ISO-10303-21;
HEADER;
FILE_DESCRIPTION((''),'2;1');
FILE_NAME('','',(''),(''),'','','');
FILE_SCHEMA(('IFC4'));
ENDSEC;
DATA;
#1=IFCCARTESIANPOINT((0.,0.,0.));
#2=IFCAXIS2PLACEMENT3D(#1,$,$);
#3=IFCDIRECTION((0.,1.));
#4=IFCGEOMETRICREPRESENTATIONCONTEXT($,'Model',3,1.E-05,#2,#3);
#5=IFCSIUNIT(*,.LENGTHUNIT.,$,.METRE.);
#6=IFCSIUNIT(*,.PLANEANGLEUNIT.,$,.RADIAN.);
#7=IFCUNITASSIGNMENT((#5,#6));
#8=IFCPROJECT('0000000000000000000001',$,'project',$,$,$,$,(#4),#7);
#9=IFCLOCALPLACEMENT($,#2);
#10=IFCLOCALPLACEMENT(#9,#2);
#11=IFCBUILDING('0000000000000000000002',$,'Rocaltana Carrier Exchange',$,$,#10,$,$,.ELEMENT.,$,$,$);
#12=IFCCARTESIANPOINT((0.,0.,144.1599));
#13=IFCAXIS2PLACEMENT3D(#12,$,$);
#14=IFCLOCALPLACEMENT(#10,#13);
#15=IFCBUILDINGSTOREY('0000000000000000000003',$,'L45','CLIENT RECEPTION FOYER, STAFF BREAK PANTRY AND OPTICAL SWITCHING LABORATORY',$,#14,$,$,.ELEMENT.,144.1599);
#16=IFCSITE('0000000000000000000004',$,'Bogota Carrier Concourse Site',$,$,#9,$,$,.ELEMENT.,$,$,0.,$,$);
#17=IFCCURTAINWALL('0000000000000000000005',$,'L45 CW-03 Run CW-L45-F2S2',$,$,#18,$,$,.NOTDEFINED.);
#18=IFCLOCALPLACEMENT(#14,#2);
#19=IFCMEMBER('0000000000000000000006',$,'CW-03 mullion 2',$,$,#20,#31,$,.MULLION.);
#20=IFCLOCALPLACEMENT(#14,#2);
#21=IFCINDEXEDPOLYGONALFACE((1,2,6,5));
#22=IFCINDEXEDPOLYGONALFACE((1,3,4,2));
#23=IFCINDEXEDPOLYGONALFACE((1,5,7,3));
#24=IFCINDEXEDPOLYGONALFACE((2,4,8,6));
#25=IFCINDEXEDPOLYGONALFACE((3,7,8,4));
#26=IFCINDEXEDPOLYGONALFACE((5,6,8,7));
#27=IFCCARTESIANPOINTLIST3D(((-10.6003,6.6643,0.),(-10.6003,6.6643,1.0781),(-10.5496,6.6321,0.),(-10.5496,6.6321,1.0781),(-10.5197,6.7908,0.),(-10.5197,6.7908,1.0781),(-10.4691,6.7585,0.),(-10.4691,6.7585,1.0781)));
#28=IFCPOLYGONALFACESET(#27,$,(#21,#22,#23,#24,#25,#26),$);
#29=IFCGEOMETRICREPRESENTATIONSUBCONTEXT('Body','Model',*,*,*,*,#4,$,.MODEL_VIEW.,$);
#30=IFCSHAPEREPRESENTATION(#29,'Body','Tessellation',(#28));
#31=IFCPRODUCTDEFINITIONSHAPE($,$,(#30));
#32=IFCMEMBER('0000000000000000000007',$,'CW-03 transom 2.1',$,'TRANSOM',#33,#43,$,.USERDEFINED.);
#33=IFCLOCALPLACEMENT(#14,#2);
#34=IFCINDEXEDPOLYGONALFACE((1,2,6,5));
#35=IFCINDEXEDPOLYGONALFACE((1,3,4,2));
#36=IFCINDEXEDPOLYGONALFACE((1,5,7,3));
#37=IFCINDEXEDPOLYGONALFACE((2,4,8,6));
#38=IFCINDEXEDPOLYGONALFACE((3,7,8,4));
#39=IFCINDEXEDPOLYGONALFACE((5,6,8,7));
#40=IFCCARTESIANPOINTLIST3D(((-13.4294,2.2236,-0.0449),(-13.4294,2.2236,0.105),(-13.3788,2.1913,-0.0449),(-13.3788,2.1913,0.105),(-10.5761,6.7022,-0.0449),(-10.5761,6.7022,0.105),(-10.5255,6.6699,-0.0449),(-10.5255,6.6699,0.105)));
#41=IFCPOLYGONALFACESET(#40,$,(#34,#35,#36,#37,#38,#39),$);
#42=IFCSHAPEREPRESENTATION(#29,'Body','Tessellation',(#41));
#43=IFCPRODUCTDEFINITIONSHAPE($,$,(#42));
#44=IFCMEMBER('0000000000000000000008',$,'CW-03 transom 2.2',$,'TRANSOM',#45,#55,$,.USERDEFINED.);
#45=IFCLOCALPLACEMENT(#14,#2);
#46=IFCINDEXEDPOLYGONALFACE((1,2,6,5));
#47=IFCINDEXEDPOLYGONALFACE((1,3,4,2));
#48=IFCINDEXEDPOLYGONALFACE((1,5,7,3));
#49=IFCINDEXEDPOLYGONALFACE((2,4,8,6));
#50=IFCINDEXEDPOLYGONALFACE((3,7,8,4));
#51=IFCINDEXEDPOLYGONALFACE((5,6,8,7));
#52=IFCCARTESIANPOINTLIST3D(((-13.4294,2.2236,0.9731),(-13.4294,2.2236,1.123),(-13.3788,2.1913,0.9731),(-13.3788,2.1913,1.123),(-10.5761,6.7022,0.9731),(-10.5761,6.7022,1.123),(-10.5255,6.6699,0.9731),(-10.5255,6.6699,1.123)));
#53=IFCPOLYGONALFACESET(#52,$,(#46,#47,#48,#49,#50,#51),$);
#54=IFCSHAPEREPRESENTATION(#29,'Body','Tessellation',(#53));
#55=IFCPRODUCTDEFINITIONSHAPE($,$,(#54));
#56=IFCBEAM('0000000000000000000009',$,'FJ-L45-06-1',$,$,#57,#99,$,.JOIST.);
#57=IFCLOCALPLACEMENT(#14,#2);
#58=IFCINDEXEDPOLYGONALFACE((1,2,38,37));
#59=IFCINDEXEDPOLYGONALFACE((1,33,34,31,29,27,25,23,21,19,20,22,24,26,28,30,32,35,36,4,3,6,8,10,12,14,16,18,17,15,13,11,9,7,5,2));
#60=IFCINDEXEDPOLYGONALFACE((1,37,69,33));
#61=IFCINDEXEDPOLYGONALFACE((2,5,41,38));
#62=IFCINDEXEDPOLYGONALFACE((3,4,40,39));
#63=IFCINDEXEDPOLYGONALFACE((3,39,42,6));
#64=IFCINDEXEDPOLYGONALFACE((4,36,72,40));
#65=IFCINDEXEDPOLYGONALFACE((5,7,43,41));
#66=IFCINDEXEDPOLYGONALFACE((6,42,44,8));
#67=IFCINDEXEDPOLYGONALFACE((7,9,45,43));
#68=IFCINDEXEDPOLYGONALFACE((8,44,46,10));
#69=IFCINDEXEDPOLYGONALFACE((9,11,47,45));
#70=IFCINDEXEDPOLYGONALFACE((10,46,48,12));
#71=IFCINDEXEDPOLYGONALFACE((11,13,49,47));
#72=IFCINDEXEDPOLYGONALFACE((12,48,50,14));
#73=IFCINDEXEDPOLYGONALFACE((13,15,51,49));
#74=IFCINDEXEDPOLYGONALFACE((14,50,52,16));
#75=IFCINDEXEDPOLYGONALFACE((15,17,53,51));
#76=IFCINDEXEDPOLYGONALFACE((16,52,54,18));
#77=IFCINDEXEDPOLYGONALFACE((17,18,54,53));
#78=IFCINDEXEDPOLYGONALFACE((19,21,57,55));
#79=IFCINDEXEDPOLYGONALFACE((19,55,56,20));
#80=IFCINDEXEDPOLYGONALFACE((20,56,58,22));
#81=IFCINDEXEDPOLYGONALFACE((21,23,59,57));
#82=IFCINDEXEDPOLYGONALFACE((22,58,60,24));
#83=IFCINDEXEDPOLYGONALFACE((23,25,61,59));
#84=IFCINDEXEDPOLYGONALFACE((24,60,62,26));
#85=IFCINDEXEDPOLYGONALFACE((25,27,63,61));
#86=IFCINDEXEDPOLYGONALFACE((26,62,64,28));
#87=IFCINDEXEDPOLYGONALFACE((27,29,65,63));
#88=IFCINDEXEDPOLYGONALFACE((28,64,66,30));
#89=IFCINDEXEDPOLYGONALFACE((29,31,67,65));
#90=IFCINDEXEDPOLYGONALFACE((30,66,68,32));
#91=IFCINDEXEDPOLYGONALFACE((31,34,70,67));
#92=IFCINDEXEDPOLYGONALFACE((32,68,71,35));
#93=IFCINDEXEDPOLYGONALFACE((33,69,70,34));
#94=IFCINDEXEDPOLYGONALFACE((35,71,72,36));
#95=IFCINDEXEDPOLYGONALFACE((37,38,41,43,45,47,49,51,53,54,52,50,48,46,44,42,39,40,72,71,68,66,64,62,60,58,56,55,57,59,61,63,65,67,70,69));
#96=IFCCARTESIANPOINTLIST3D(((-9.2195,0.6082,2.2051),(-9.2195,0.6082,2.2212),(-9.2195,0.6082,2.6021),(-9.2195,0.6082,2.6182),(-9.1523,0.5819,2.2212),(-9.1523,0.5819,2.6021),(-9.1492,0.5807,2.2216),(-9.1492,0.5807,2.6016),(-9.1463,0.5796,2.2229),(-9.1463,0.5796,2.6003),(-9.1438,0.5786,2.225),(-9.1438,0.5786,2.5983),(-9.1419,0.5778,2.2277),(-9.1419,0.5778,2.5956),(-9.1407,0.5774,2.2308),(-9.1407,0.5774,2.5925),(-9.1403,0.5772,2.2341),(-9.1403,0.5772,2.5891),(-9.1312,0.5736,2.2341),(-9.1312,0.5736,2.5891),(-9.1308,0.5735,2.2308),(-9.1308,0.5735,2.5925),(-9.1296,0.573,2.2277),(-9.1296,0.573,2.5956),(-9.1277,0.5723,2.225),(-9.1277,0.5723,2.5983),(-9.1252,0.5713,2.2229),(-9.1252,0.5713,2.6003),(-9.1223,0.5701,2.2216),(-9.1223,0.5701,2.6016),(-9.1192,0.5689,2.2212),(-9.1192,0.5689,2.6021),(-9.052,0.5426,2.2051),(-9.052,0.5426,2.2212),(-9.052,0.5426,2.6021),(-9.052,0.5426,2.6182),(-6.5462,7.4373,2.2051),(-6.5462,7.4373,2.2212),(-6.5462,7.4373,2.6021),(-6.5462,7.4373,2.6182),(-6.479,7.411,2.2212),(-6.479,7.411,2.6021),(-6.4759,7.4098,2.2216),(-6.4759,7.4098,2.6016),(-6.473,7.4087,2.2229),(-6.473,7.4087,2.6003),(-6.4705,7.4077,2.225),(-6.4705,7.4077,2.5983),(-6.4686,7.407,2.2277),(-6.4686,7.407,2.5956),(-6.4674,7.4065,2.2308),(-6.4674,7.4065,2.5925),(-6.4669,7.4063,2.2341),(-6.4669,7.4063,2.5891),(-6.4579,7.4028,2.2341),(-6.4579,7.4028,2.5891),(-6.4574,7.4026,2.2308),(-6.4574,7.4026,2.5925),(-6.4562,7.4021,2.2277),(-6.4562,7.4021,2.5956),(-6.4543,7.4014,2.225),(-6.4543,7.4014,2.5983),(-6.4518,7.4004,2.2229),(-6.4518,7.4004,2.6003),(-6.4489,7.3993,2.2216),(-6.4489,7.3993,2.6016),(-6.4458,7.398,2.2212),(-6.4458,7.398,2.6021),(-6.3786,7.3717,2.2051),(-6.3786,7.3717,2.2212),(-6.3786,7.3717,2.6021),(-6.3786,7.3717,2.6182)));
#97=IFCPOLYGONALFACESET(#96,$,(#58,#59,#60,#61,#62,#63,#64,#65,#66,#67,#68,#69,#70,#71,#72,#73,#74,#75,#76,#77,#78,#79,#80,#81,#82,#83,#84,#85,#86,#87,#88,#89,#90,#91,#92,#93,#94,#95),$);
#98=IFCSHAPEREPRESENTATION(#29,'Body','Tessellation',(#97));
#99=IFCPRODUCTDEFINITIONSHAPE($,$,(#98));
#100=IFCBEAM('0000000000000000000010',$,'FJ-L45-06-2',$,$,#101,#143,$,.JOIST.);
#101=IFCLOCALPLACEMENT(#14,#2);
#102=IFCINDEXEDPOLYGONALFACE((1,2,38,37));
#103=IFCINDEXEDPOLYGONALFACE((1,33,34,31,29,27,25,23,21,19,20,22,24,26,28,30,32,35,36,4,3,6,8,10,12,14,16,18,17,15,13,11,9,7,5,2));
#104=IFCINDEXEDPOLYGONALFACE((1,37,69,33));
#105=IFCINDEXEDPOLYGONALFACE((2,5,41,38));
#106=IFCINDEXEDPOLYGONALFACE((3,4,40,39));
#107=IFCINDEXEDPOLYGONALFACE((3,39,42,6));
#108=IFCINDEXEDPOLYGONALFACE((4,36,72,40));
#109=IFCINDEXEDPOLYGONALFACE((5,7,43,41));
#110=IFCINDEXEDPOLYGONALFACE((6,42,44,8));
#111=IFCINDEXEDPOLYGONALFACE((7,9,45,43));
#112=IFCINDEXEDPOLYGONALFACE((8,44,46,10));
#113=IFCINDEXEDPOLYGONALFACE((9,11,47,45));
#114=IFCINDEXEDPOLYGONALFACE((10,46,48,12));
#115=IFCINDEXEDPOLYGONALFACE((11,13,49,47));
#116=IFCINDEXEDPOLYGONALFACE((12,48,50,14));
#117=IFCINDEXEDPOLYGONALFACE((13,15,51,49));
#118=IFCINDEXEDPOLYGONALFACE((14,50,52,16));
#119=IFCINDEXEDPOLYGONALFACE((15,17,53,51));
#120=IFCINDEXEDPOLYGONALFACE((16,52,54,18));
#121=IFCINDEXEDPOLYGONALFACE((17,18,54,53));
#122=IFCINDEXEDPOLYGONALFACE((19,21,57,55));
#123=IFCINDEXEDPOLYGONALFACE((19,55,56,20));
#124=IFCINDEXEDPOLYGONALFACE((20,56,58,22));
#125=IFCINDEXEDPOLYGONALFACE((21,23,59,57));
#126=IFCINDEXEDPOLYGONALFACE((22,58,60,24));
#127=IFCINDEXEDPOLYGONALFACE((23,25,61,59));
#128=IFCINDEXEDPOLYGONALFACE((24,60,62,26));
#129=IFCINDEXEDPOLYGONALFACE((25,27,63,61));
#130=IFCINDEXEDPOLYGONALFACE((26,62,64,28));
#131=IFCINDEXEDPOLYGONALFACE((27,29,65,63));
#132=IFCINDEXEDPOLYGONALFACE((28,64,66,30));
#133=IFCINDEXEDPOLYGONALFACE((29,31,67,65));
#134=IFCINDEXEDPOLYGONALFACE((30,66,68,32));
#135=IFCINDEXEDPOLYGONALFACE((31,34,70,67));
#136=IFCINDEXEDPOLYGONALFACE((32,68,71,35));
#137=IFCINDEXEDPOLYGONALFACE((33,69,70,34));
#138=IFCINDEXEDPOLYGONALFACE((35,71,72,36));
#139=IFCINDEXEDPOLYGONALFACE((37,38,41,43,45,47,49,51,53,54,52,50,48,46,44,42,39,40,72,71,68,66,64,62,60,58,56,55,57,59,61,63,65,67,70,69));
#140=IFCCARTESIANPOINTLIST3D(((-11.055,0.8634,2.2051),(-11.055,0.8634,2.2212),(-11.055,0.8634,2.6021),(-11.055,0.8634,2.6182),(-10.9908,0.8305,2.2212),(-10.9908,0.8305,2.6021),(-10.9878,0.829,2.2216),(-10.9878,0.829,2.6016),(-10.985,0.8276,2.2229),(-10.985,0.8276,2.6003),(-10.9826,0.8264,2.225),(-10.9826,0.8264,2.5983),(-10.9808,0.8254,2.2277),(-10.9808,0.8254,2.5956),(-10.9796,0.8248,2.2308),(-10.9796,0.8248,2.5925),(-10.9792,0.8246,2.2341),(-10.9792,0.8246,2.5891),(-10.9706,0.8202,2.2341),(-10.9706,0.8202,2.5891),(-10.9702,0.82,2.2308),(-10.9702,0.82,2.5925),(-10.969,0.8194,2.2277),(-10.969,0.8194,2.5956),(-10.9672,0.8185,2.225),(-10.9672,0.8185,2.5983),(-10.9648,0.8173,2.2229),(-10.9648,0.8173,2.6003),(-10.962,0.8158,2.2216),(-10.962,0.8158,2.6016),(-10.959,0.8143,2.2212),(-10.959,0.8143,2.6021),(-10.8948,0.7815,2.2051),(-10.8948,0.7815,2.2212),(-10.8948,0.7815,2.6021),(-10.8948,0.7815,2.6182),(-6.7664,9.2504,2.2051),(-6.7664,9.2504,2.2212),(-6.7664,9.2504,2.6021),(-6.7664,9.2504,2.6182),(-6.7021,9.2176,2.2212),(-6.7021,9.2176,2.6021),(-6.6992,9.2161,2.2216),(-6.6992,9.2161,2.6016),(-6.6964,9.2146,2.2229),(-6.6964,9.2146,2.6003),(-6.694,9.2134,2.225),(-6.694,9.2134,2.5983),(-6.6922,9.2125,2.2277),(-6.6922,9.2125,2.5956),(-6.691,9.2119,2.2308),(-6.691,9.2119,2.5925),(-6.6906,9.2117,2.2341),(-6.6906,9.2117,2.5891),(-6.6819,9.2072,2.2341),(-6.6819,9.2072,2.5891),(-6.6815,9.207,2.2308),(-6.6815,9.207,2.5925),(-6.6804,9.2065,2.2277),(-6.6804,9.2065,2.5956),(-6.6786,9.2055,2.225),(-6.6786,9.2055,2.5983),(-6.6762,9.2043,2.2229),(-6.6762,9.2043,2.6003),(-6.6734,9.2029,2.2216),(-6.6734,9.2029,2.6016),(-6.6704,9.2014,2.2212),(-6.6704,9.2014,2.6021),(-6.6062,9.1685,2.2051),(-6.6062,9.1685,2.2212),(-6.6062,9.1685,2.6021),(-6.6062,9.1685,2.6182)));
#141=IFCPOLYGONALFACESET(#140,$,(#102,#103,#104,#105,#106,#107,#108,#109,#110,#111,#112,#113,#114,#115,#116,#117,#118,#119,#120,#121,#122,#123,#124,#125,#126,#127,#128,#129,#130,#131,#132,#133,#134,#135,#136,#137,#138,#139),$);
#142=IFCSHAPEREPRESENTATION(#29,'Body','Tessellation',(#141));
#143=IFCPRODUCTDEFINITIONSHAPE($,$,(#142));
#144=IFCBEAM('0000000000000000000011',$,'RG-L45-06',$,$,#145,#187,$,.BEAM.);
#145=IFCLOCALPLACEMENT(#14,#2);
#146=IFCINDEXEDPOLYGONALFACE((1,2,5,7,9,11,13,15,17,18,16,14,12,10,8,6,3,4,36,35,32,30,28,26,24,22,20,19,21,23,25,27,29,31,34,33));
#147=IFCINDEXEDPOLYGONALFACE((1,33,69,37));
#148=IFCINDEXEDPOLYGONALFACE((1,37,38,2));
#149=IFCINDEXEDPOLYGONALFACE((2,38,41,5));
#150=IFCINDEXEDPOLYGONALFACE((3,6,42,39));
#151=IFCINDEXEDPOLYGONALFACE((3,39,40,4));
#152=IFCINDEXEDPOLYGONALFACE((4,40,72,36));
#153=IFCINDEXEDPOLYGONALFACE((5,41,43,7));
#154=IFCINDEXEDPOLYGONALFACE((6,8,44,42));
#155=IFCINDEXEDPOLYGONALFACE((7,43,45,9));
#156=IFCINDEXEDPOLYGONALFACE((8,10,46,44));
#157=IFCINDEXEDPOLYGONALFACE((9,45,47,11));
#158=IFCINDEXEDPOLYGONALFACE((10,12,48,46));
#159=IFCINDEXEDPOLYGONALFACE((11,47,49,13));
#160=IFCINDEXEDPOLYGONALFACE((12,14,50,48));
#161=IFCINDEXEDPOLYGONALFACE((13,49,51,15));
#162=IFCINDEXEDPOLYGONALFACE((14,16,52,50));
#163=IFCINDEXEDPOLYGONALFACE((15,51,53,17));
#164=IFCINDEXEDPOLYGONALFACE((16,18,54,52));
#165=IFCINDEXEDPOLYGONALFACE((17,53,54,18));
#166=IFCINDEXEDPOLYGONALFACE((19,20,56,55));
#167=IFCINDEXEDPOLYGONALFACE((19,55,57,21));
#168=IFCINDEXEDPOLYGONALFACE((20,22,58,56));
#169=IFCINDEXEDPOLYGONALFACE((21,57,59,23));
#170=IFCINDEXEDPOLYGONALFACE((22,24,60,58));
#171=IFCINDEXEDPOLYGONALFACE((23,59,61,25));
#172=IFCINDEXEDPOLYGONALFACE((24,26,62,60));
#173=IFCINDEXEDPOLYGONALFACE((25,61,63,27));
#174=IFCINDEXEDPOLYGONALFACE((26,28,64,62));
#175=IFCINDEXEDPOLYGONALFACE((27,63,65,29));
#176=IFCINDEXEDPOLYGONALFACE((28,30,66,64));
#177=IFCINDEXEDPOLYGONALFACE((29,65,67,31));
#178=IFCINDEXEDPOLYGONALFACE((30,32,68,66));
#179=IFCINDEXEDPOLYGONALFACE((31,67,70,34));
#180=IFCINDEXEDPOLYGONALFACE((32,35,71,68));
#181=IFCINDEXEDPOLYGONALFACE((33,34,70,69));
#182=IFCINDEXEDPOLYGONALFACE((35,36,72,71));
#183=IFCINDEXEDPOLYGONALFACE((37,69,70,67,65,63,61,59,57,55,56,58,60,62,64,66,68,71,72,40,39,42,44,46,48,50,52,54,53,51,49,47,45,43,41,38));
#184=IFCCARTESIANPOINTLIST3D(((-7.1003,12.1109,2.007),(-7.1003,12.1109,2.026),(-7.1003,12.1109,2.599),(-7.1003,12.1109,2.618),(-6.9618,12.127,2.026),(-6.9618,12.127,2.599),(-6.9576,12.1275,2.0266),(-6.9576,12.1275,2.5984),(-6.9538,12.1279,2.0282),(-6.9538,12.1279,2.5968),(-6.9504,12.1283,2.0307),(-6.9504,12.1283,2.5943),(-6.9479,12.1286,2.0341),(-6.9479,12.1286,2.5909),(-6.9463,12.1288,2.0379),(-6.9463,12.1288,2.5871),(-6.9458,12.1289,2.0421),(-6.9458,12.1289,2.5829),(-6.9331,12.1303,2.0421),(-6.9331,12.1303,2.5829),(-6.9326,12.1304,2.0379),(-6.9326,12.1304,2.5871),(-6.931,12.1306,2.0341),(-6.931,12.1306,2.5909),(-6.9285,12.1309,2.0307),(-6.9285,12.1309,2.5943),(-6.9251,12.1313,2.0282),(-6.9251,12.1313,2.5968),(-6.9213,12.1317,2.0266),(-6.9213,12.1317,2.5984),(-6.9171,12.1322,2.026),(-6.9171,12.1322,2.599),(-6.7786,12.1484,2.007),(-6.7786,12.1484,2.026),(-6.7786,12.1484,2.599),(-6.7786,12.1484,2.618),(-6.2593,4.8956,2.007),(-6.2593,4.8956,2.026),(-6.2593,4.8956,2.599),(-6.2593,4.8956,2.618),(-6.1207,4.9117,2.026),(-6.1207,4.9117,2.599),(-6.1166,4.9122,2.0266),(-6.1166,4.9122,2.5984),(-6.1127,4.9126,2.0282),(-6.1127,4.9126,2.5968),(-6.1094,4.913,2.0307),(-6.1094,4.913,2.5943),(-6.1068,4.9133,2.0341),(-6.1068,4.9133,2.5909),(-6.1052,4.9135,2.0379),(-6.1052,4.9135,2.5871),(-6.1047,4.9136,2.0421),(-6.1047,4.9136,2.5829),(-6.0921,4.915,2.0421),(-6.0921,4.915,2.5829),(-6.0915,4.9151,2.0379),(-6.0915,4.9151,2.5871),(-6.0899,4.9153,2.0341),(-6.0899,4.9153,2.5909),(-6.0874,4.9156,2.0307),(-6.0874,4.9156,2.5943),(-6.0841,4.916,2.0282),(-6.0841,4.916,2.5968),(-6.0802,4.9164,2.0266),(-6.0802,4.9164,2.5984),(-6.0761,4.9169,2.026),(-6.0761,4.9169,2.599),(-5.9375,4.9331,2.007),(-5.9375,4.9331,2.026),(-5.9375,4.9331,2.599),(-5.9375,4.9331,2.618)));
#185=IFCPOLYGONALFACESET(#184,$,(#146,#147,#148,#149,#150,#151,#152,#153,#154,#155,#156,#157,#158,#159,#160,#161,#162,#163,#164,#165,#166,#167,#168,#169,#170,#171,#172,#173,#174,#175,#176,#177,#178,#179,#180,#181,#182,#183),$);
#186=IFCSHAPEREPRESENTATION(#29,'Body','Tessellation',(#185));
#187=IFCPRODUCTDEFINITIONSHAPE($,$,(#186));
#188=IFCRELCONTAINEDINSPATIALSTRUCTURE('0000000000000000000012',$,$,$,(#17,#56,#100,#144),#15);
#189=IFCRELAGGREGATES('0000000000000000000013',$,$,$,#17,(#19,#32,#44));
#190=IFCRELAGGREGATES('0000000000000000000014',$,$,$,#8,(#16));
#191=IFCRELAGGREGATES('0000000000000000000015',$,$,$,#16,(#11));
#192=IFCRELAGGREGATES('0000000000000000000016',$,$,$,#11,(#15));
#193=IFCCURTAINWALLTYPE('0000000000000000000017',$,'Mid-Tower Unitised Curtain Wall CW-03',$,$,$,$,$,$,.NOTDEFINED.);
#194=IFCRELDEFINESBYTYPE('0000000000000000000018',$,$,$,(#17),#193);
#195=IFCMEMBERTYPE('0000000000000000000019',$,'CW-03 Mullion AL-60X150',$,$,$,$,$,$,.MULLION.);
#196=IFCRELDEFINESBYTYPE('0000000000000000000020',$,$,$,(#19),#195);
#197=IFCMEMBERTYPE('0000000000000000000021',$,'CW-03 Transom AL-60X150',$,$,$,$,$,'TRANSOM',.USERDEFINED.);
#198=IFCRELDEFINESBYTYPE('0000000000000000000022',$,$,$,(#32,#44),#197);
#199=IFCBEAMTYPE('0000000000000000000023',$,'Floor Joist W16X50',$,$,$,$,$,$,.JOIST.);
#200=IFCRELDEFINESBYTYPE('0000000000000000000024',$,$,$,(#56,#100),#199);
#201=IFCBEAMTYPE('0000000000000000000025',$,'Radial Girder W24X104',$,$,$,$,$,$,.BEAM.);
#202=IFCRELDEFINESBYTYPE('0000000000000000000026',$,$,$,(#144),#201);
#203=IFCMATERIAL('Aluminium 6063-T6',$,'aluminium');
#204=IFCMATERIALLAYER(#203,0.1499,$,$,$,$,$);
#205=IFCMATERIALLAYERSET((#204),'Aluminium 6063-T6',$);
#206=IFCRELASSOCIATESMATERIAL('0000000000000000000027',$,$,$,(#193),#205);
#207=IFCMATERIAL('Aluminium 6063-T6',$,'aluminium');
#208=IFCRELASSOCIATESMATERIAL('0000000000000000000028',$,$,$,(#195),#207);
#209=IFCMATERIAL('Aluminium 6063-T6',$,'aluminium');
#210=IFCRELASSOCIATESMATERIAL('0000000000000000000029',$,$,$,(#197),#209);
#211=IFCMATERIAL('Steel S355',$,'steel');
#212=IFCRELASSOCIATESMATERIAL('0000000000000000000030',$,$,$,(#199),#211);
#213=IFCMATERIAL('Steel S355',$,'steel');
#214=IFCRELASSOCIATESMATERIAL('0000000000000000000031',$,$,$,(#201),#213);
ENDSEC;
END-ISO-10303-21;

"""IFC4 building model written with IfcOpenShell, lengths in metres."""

from ifc_helpers import new_model, si_unit, direction, frame, origin, origin_2d, place, context, subcontext, project, spatial, rectangle, i_section, extrude, material, layer, layer_set, material_profile, profile_set, type_object, element, aggregate, save


model = new_model("IFC4")

# Units and contexts
model_context = context("Model", 3, precision=1e-05, world=origin(), true_north=direction((0.0, 1.0)))
body_context = subcontext(model_context, "Body", "Model", "MODEL_VIEW")
ifc_project = project(units=[si_unit("LENGTHUNIT", "METRE"), si_unit("PLANEANGLEUNIT", "RADIAN")], contexts=[model_context])

# Site, building, storey
site_placement = place(None, origin())
site = spatial("IfcSite", under=ifc_project, at=site_placement, Name="Bogota Carrier Concourse Site", CompositionType="ELEMENT", RefElevation=0.0)
building_placement = place(site_placement, origin())
building = spatial("IfcBuilding", under=site, at=building_placement, Name="Rocaltana Carrier Exchange", CompositionType="ELEMENT")
storey_placement = place(building_placement, frame((0.0, 0.0, 144.1599)))
storey = spatial("IfcBuildingStorey", under=building, at=storey_placement, Name="L45", Description="CLIENT RECEPTION FOYER, STAFF BREAK PANTRY AND OPTICAL SWITCHING LABORATORY", CompositionType="ELEMENT", Elevation=144.1599)

# Curtain wall, members
ifc_material_1 = material(Name="Aluminium 6063-T6", Category="aluminium")
ifc_layer_1 = layer(ifc_material_1, 0.1499)
ifc_layer_set_1 = layer_set([ifc_layer_1], Name="Aluminium 6063-T6")
curtain_wall_type = type_object("IfcCurtainWallType", Name="Mid-Tower Unitised Curtain Wall CW-03", PredefinedType="NOTDEFINED", material=ifc_layer_set_1)
curtain_wall_placement = place(storey_placement, origin())
curtain_wall = element("IfcCurtainWall", 1, at=curtain_wall_placement, inside=storey, type_object=curtain_wall_type, Name="L45 CW-03 Run CW-L45-F2S2", PredefinedType="NOTDEFINED")
ifc_material_2 = material(Name="Aluminium 6063-T6", Category="aluminium")
ifc_material_profile_1 = material_profile(ifc_material_2, rectangle(XDim=0.0601, YDim=0.1499, at=origin_2d()), Name="AL-60X150")
ifc_profile_set_1 = profile_set([ifc_material_profile_1], Name="Aluminium 6063-T6")
member_type_1 = type_object("IfcMemberType", Name="CW-03 Mullion AL-60X150", PredefinedType="MULLION", material=ifc_profile_set_1)
member_1_placement = place(storey_placement, frame((-10.5347, 6.7114, 0.0), z_axis=(0.0, 0.0, 1.0), x_axis=(0.843391, -0.537301, 0.0)))
member_1 = element("IfcMember", 2, at=member_1_placement, type_object=member_type_1, Name="CW-03 mullion 2", PredefinedType="MULLION", context=body_context, shape_type="SweptSolid", body=[
    extrude(rectangle(XDim=0.0601, YDim=0.1499, at=origin_2d()), origin(), (0.0, 0.0, 1.0), 1.0781),
])
ifc_material_3 = material(Name="Aluminium 6063-T6", Category="aluminium")
ifc_material_profile_2 = material_profile(ifc_material_3, rectangle(XDim=0.0601, YDim=0.1499, at=origin_2d()), Name="AL-60X150")
ifc_profile_set_2 = profile_set([ifc_material_profile_2], Name="Aluminium 6063-T6")
member_type_2 = type_object("IfcMemberType", Name="CW-03 Transom AL-60X150", ElementType="TRANSOM", PredefinedType="USERDEFINED", material=ifc_profile_set_2)
member_2_placement = place(storey_placement, frame((-10.5508, 6.686, 0.03), z_axis=(-0.537319, -0.843379, 0.0), x_axis=(0.843379, -0.537319, 0.0)))
member_2 = element("IfcMember", 3, at=member_2_placement, type_object=member_type_2, Name="CW-03 transom 2.1", ObjectType="TRANSOM", PredefinedType="USERDEFINED", context=body_context, shape_type="SweptSolid", body=[
    extrude(rectangle(XDim=0.0601, YDim=0.1499, at=origin_2d()), origin(), (0.0, 0.0, 1.0), 5.3103),
])
member_3_placement = place(storey_placement, frame((-10.5508, 6.686, 1.0481), z_axis=(-0.537319, -0.843379, 0.0), x_axis=(0.843379, -0.537319, 0.0)))
member_3 = element("IfcMember", 4, at=member_3_placement, type_object=member_type_2, Name="CW-03 transom 2.2", ObjectType="TRANSOM", PredefinedType="USERDEFINED", context=body_context, shape_type="SweptSolid", body=[
    extrude(rectangle(XDim=0.0601, YDim=0.1499, at=origin_2d()), origin(), (0.0, 0.0, 1.0), 5.3103),
])

# Beams
ifc_material_4 = material(Name="Steel S355", Category="steel")
ifc_material_profile_3 = material_profile(ifc_material_4, i_section(OverallWidth=0.1799, OverallDepth=0.4131, WebThickness=0.0098, FlangeThickness=0.0161, FilletRadius=0.0129, at=origin_2d()), Name="W16X50")
ifc_profile_set_3 = profile_set([ifc_material_profile_3], Name="Steel S355")
beam_type_1 = type_object("IfcBeamType", Name="Floor Joist W16X50", PredefinedType="JOIST", material=ifc_profile_set_3)
beam_1_placement = place(storey_placement, frame((-6.4624, 7.4045, 2.4116), z_axis=(-0.364527, -0.931193, 0.0), x_axis=(0.931193, -0.364527, 0.0)))
element("IfcBeam", 5, at=beam_1_placement, inside=storey, type_object=beam_type_1, Name="FJ-L45-06-1", PredefinedType="JOIST", context=body_context, shape_type="SweptSolid", body=[
    extrude(i_section(OverallWidth=0.1799, OverallDepth=0.4131, WebThickness=0.0098, FlangeThickness=0.0161, FilletRadius=0.0129, at=origin_2d()), origin(), (0.0, 0.0, 1.0), 7.3337),
])
beam_2_placement = place(storey_placement, frame((-6.6863, 9.2095, 2.4116), z_axis=(-0.455271, -0.890353, 0.0), x_axis=(0.890353, -0.455271, 0.0)))
element("IfcBeam", 6, at=beam_2_placement, inside=storey, type_object=beam_type_1, Name="FJ-L45-06-2", PredefinedType="JOIST", context=body_context, shape_type="SweptSolid", body=[
    extrude(i_section(OverallWidth=0.1799, OverallDepth=0.4131, WebThickness=0.0098, FlangeThickness=0.0161, FilletRadius=0.0129, at=origin_2d()), origin(), (0.0, 0.0, 1.0), 9.4199),
])
ifc_material_5 = material(Name="Steel S355", Category="steel")
ifc_material_profile_4 = material_profile(ifc_material_5, i_section(OverallWidth=0.324, OverallDepth=0.6111, WebThickness=0.0127, FlangeThickness=0.019, FilletRadius=0.0161, at=origin_2d()), Name="W24X104")
ifc_profile_set_4 = profile_set([ifc_material_profile_4], Name="Steel S355")
beam_type_2 = type_object("IfcBeamType", Name="Radial Girder W24X104", PredefinedType="BEAM", material=ifc_profile_set_4)
beam_3_placement = place(storey_placement, frame((-6.0984, 4.9143, 2.3125), z_axis=(-0.115782, 0.993275, 0.0), x_axis=(-0.993275, -0.115782, 0.0)))
element("IfcBeam", 7, at=beam_3_placement, inside=storey, type_object=beam_type_2, Name="RG-L45-06", PredefinedType="BEAM", context=body_context, shape_type="SweptSolid", body=[
    extrude(i_section(OverallWidth=0.324, OverallDepth=0.6111, WebThickness=0.0127, FlangeThickness=0.019, FilletRadius=0.0161, at=origin_2d()), origin(), (0.0, 0.0, 1.0), 7.2642),
])

aggregate(curtain_wall, [member_1, member_2, member_3])

save(model, "model.ifc")
